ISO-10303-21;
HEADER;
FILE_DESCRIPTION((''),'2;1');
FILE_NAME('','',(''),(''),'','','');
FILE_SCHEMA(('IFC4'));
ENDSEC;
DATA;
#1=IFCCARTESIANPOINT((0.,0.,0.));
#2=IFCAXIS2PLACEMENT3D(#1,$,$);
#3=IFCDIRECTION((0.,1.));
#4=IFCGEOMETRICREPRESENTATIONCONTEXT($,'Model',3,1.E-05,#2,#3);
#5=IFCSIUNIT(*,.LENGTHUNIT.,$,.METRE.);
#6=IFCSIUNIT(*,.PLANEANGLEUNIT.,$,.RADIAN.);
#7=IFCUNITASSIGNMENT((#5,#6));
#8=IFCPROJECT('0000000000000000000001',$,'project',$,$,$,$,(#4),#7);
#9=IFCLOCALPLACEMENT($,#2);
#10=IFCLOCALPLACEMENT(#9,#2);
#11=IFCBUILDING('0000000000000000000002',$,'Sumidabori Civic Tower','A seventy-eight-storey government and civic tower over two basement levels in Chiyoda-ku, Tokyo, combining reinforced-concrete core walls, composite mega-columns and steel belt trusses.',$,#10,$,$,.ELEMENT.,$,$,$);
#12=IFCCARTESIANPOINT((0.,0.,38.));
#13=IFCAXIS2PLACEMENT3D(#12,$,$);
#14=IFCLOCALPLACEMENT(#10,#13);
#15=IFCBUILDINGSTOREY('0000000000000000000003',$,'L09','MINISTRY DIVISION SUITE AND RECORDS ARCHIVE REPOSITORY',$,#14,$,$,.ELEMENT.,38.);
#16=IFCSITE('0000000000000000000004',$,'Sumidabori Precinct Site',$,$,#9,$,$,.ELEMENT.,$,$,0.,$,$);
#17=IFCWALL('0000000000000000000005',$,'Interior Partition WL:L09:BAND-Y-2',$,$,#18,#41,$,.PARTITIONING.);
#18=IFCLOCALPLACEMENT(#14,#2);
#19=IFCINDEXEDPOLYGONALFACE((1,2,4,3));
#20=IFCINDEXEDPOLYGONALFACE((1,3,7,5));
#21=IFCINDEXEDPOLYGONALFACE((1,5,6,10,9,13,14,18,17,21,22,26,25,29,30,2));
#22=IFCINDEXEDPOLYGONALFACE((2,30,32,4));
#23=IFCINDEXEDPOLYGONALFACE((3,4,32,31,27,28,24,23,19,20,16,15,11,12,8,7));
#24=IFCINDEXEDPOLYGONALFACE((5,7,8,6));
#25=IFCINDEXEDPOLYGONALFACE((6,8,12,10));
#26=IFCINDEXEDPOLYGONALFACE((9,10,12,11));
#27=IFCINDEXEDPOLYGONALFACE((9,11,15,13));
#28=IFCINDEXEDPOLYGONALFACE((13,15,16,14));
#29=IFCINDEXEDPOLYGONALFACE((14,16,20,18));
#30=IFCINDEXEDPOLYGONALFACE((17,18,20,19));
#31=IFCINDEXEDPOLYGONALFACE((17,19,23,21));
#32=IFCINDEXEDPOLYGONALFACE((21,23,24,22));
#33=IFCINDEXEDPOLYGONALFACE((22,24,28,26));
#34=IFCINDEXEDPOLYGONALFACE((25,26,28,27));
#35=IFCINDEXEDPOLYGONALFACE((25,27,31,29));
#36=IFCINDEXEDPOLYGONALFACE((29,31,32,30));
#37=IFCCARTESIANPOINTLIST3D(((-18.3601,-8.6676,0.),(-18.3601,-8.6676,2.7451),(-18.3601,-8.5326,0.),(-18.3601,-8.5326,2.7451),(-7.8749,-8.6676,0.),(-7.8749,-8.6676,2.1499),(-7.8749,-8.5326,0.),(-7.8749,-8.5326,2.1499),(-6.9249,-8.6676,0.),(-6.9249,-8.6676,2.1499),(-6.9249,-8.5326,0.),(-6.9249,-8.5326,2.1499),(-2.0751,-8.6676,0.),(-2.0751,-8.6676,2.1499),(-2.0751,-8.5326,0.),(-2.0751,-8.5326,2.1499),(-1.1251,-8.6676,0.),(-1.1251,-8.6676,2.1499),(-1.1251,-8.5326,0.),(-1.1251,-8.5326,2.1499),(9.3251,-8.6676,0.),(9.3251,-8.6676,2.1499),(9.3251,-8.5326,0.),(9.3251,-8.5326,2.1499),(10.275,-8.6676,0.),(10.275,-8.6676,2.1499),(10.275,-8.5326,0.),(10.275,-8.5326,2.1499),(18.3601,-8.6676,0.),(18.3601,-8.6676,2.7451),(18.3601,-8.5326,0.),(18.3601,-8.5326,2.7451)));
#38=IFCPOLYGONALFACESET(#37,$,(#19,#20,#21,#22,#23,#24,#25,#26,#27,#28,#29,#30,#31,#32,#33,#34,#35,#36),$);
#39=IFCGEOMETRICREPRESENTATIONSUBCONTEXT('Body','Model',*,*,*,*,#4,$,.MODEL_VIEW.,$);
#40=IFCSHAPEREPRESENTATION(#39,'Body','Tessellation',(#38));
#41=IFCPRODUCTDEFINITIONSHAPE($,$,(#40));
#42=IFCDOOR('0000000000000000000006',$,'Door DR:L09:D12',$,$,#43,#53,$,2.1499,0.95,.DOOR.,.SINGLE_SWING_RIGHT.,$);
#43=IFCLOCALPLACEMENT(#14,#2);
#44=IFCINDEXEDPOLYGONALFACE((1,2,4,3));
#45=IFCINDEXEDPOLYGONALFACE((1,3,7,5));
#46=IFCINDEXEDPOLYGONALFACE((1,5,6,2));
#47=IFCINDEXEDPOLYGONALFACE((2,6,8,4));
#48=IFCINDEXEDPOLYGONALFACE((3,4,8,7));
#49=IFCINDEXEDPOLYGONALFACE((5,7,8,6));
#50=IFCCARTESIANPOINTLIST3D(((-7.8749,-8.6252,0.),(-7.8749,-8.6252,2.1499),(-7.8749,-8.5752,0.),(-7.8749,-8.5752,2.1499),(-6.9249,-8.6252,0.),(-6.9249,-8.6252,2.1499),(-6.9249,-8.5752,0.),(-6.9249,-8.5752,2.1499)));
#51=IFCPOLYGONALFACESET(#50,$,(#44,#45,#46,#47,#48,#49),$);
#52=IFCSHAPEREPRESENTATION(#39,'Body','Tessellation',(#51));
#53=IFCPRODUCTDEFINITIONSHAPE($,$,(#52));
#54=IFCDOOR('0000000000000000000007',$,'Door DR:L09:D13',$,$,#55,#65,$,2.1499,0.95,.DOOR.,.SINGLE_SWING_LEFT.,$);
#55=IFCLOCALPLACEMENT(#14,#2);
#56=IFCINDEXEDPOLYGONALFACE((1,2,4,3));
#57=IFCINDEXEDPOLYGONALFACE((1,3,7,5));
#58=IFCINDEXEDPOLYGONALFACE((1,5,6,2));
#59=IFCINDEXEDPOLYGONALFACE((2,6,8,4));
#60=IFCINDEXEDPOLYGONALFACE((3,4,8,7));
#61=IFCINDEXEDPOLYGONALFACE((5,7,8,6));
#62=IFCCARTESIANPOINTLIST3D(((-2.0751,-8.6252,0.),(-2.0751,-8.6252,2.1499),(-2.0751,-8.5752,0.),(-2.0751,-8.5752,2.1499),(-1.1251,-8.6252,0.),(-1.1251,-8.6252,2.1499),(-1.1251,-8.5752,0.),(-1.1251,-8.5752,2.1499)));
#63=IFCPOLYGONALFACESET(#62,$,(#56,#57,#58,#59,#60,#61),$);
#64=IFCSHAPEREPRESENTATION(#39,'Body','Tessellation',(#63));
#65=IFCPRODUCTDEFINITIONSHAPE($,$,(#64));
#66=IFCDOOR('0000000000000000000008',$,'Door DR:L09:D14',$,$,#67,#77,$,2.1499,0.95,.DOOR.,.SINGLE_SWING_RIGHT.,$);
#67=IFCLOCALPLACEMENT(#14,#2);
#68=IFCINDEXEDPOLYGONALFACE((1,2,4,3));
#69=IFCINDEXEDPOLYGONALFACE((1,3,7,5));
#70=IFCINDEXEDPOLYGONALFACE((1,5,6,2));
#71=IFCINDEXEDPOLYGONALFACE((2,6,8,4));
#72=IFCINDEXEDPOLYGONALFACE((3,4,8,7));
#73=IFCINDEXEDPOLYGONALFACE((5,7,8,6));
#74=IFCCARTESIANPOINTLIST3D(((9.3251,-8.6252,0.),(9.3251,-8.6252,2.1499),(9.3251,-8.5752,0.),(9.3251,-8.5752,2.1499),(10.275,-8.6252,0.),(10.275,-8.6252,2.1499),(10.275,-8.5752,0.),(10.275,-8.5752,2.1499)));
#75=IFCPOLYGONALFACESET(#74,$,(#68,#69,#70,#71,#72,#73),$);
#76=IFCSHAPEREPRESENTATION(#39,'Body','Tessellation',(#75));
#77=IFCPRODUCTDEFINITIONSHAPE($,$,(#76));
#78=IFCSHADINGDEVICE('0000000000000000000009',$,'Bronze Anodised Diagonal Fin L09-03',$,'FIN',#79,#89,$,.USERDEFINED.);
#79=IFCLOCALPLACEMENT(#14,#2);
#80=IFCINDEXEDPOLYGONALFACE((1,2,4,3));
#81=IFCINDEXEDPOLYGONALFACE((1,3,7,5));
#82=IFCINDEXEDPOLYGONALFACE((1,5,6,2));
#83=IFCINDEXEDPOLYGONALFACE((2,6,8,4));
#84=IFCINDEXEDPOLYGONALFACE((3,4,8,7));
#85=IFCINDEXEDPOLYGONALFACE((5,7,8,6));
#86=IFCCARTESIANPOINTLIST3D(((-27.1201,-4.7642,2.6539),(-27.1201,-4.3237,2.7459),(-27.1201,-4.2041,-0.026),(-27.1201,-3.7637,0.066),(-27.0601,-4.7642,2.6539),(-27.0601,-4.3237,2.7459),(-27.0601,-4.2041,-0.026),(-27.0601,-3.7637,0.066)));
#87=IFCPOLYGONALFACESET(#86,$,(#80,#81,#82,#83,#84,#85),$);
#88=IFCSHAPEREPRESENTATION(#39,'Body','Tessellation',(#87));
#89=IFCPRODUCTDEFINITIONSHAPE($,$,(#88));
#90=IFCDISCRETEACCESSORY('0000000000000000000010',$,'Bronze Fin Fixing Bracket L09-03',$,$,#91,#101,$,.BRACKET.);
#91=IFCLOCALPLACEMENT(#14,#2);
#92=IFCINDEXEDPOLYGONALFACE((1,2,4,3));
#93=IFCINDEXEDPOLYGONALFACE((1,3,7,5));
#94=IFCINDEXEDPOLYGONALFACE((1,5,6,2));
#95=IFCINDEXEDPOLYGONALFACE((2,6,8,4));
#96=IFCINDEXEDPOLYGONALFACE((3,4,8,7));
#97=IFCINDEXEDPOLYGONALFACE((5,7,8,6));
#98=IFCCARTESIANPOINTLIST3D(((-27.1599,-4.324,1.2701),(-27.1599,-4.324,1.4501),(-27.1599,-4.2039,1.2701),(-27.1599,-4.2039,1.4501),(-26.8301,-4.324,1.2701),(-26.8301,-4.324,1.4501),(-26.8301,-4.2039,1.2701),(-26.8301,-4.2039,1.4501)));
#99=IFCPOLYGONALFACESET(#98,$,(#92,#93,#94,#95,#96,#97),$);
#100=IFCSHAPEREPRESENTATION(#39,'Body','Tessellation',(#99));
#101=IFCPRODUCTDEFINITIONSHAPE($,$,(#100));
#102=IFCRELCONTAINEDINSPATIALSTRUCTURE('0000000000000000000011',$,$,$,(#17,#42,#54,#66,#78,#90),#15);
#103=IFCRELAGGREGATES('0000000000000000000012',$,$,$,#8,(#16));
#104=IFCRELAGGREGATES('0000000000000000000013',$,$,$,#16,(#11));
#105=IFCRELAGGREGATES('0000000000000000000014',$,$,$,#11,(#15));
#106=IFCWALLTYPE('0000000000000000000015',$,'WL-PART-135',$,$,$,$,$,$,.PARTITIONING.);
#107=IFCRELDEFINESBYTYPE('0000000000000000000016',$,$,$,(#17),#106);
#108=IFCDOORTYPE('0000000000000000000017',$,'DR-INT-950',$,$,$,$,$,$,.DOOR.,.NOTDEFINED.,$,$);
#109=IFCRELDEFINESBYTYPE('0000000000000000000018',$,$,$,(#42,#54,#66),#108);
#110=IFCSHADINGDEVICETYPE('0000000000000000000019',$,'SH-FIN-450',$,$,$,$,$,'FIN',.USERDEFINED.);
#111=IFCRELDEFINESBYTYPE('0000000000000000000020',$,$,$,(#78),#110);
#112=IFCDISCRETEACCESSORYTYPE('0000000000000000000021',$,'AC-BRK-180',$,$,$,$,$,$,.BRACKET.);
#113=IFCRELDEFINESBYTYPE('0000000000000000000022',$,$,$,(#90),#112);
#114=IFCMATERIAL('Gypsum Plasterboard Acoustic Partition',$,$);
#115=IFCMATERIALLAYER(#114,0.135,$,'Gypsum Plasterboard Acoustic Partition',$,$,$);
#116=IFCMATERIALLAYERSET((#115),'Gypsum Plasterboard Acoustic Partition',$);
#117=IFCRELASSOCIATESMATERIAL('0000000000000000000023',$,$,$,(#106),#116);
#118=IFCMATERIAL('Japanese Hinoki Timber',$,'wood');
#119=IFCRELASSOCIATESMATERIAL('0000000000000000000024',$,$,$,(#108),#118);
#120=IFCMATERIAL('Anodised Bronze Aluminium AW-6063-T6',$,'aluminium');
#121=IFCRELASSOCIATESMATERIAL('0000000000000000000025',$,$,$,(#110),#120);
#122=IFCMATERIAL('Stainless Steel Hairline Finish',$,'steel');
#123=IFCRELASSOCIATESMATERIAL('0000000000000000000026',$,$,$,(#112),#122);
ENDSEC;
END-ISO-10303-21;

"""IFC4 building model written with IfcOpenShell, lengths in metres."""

from ifc_helpers import new_model, si_unit, direction, frame, frame_2d, origin, origin_2d, place, context, subcontext, project, spatial, rectangle, extrude, source, transform, mapped, material, layer, layer_set, material_profile, profile_set, type_object, element, fill, save


model = new_model("IFC4")

# Units and contexts
model_context = context("Model", 3, precision=1e-05, world=origin(), true_north=direction((0.0, 1.0)))
body_context = subcontext(model_context, "Body", "Model", "MODEL_VIEW")
ifc_project = project(units=[si_unit("LENGTHUNIT", "METRE"), si_unit("PLANEANGLEUNIT", "RADIAN")], contexts=[model_context])

# Site, building, storey
site_placement = place(None, origin())
site = spatial("IfcSite", under=ifc_project, at=site_placement, Name="Sumidabori Precinct Site", CompositionType="ELEMENT", RefElevation=0.0)
building_placement = place(site_placement, origin())
building = spatial("IfcBuilding", under=site, at=building_placement, Name="Sumidabori Civic Tower", Description="A seventy-eight-storey government and civic tower over two basement levels in Chiyoda-ku, Tokyo, combining reinforced-concrete core walls, composite mega-columns and steel belt trusses.", CompositionType="ELEMENT")
storey_placement = place(building_placement, frame((0.0, 0.0, 38.0)))
storey = spatial("IfcBuildingStorey", under=building, at=storey_placement, Name="L09", Description="MINISTRY DIVISION SUITE AND RECORDS ARCHIVE REPOSITORY", CompositionType="ELEMENT", Elevation=38.0)

# Shared definitions
ifc_material_1 = material(Name="Anodised Bronze Aluminium AW-6063-T6", Category="aluminium")

# Shared definitions
ifc_material_2 = material(Name="Gypsum Plasterboard Acoustic Partition")
ifc_layer_1 = layer(ifc_material_2, 0.135, Name="Gypsum Plasterboard Acoustic Partition")
ifc_layer_set_1 = layer_set([ifc_layer_1], Name="Gypsum Plasterboard Acoustic Partition")
wall_type = type_object("IfcWallType", Name="WL-PART-135", PredefinedType="PARTITIONING", material=ifc_layer_set_1)

# Wall, openings, doors
shared_shape_1 = source(origin(), body_context, "Body", "SweptSolid", [
    extrude(rectangle(XDim=36.7202, YDim=0.135, at=frame_2d((18.3601, 0.0))), origin(), (0.0, 0.0, 1.0), 2.7451),
])
wall_1_placement = place(storey_placement, frame((-18.3601, -8.6001, 0.0), z_axis=(0.0, 0.0, 1.0), x_axis=(1.0, 0.0, 0.0)))
wall_1 = element("IfcWall", 1, at=wall_1_placement, inside=storey, type_object=wall_type, Name="Interior Partition WL:L09:BAND-Y-2", PredefinedType="PARTITIONING", context=body_context, shape_type="MappedRepresentation", body=[
    mapped(shared_shape_1, transform((0.0, 0.0, 0.0), x_axis=(1.0, 0.0, 0.0), y_axis=(0.0, 1.0, 0.0), z_axis=(0.0, 0.0, 1.0), scale=1.0)),
])
opening_1_placement = place(wall_1_placement, frame((10.4851, 0.0, 0.0)))
opening_1 = element("IfcOpeningElement", 2, at=opening_1_placement, cuts=wall_1, PredefinedType="OPENING", context=body_context, shape_type="SweptSolid", body=[
    extrude(rectangle(XDim=0.95, YDim=2.1499, at=frame_2d((0.4751, 1.075))), frame((0.0, 0.0796, 0.0), z_axis=(0.0, -1.0, 0.0), x_axis=(1.0, 0.0, 0.0)), (0.0, 0.0, 1.0), 0.1589),
])
opening_2_placement = place(wall_1_placement, frame((16.2849, 0.0, 0.0)))
opening_2 = element("IfcOpeningElement", 3, at=opening_2_placement, cuts=wall_1, PredefinedType="OPENING", context=body_context, shape_type="SweptSolid", body=[
    extrude(rectangle(XDim=0.95, YDim=2.1499, at=frame_2d((0.4751, 1.075))), frame((0.0, 0.0796, 0.0), z_axis=(0.0, -1.0, 0.0), x_axis=(1.0, 0.0, 0.0)), (0.0, 0.0, 1.0), 0.1589),
])
opening_3_placement = place(wall_1_placement, frame((27.6851, 0.0, 0.0)))
opening_3 = element("IfcOpeningElement", 4, at=opening_3_placement, cuts=wall_1, PredefinedType="OPENING", context=body_context, shape_type="SweptSolid", body=[
    extrude(rectangle(XDim=0.95, YDim=2.1499, at=frame_2d((0.4751, 1.075))), frame((0.0, 0.0796, 0.0), z_axis=(0.0, -1.0, 0.0), x_axis=(1.0, 0.0, 0.0)), (0.0, 0.0, 1.0), 0.1589),
])
ifc_material_3 = material(Name="Japanese Hinoki Timber", Category="wood")
door_type = type_object("IfcDoorType", Name="DR-INT-950", OperationType="NOTDEFINED", PredefinedType="DOOR", material=ifc_material_3)
shared_shape_2 = source(origin(), body_context, "Body", "SweptSolid", [
    extrude(rectangle(XDim=0.95, YDim=2.1499, at=frame_2d((0.4751, 1.075))), frame((0.0, 0.0249, 0.0), z_axis=(0.0, -1.0, 0.0), x_axis=(1.0, 0.0, 0.0)), (0.0, 0.0, 1.0), 0.05),
])
door_1_placement = place(opening_1_placement, origin())
door_1 = element("IfcDoor", 5, at=door_1_placement, inside=storey, type_object=door_type, Name="Door DR:L09:D12", OperationType="SINGLE_SWING_RIGHT", OverallHeight=2.1499, OverallWidth=0.95, PredefinedType="DOOR", context=body_context, shape_type="MappedRepresentation", body=[
    mapped(shared_shape_2, transform((0.0, 0.0, 0.0), x_axis=(1.0, 0.0, 0.0), y_axis=(0.0, 1.0, 0.0), z_axis=(0.0, 0.0, 1.0), scale=1.0)),
])
fill(opening_1, door_1)
door_2_placement = place(opening_2_placement, origin())
door_2 = element("IfcDoor", 6, at=door_2_placement, inside=storey, type_object=door_type, Name="Door DR:L09:D13", OperationType="SINGLE_SWING_LEFT", OverallHeight=2.1499, OverallWidth=0.95, PredefinedType="DOOR", context=body_context, shape_type="MappedRepresentation", body=[
    mapped(shared_shape_2, transform((0.0, 0.0, 0.0), x_axis=(1.0, 0.0, 0.0), y_axis=(0.0, 1.0, 0.0), z_axis=(0.0, 0.0, 1.0), scale=1.0)),
])
fill(opening_2, door_2)
door_3_placement = place(opening_3_placement, origin())
door_3 = element("IfcDoor", 7, at=door_3_placement, inside=storey, type_object=door_type, Name="Door DR:L09:D14", OperationType="SINGLE_SWING_RIGHT", OverallHeight=2.1499, OverallWidth=0.95, PredefinedType="DOOR", context=body_context, shape_type="MappedRepresentation", body=[
    mapped(shared_shape_2, transform((0.0, 0.0, 0.0), x_axis=(1.0, 0.0, 0.0), y_axis=(0.0, 1.0, 0.0), z_axis=(0.0, 0.0, 1.0), scale=1.0)),
])
fill(opening_3, door_3)

# Shading device
ifc_material_profile_1 = material_profile(ifc_material_1, rectangle(XDim=0.0601, YDim=0.45, at=origin_2d()), Name="BRONZE FIN 450x60")
ifc_profile_set_1 = profile_set([ifc_material_profile_1], Name="Anodised Bronze Aluminium AW-6063-T6")
shading_device_type = type_object("IfcShadingDeviceType", Name="SH-FIN-450", ElementType="FIN", PredefinedType="USERDEFINED", material=ifc_profile_set_1)
shared_shape_3 = source(origin(), body_context, "Body", "SweptSolid", [
    extrude(rectangle(XDim=0.0601, YDim=0.45, at=origin_2d()), origin(), (0.0, 0.0, 1.0), 2.7378),
])
shading_device_placement = place(storey_placement, frame((-27.0901, -3.9839, 0.02), z_axis=(0.0, -0.204563, 0.978853), x_axis=(-1.0, 0.0, 0.0)))
element("IfcShadingDevice", 8, at=shading_device_placement, inside=storey, type_object=shading_device_type, Name="Bronze Anodised Diagonal Fin L09-03", ObjectType="FIN", PredefinedType="USERDEFINED", context=body_context, shape_type="MappedRepresentation", body=[
    mapped(shared_shape_3, transform((0.0, 0.0, 0.0), x_axis=(1.0, 0.0, 0.0), y_axis=(0.0, 1.0, 0.0), z_axis=(0.0, 0.0, 1.0), scale=1.0)),
])

# Discrete accessory
ifc_material_4 = material(Name="Stainless Steel Hairline Finish", Category="steel")
ifc_material_profile_2 = material_profile(ifc_material_4, rectangle(XDim=0.1201, YDim=0.1799, at=origin_2d()), Name="STEEL BRACKET 180x120")
ifc_profile_set_2 = profile_set([ifc_material_profile_2], Name="Stainless Steel Hairline Finish")
discrete_accessory_type = type_object("IfcDiscreteAccessoryType", Name="AC-BRK-180", PredefinedType="BRACKET", material=ifc_profile_set_2)
shared_shape_4 = source(origin(), body_context, "Body", "SweptSolid", [
    extrude(rectangle(XDim=0.1201, YDim=0.1799, at=origin_2d()), origin(), (0.0, 0.0, 1.0), 0.3298),
])
discrete_accessory_placement = place(storey_placement, frame((-26.8301, -4.2639, 1.3601), z_axis=(-1.0, 0.0, 0.0), x_axis=(0.0, -1.0, 0.0)))
element("IfcDiscreteAccessory", 9, at=discrete_accessory_placement, inside=storey, type_object=discrete_accessory_type, Name="Bronze Fin Fixing Bracket L09-03", PredefinedType="BRACKET", context=body_context, shape_type="MappedRepresentation", body=[
    mapped(shared_shape_4, transform((0.0, 0.0, 0.0), x_axis=(1.0, 0.0, 0.0), y_axis=(0.0, 1.0, 0.0), z_axis=(0.0, 0.0, 1.0), scale=1.0)),
])

save(model, "model.ifc")
